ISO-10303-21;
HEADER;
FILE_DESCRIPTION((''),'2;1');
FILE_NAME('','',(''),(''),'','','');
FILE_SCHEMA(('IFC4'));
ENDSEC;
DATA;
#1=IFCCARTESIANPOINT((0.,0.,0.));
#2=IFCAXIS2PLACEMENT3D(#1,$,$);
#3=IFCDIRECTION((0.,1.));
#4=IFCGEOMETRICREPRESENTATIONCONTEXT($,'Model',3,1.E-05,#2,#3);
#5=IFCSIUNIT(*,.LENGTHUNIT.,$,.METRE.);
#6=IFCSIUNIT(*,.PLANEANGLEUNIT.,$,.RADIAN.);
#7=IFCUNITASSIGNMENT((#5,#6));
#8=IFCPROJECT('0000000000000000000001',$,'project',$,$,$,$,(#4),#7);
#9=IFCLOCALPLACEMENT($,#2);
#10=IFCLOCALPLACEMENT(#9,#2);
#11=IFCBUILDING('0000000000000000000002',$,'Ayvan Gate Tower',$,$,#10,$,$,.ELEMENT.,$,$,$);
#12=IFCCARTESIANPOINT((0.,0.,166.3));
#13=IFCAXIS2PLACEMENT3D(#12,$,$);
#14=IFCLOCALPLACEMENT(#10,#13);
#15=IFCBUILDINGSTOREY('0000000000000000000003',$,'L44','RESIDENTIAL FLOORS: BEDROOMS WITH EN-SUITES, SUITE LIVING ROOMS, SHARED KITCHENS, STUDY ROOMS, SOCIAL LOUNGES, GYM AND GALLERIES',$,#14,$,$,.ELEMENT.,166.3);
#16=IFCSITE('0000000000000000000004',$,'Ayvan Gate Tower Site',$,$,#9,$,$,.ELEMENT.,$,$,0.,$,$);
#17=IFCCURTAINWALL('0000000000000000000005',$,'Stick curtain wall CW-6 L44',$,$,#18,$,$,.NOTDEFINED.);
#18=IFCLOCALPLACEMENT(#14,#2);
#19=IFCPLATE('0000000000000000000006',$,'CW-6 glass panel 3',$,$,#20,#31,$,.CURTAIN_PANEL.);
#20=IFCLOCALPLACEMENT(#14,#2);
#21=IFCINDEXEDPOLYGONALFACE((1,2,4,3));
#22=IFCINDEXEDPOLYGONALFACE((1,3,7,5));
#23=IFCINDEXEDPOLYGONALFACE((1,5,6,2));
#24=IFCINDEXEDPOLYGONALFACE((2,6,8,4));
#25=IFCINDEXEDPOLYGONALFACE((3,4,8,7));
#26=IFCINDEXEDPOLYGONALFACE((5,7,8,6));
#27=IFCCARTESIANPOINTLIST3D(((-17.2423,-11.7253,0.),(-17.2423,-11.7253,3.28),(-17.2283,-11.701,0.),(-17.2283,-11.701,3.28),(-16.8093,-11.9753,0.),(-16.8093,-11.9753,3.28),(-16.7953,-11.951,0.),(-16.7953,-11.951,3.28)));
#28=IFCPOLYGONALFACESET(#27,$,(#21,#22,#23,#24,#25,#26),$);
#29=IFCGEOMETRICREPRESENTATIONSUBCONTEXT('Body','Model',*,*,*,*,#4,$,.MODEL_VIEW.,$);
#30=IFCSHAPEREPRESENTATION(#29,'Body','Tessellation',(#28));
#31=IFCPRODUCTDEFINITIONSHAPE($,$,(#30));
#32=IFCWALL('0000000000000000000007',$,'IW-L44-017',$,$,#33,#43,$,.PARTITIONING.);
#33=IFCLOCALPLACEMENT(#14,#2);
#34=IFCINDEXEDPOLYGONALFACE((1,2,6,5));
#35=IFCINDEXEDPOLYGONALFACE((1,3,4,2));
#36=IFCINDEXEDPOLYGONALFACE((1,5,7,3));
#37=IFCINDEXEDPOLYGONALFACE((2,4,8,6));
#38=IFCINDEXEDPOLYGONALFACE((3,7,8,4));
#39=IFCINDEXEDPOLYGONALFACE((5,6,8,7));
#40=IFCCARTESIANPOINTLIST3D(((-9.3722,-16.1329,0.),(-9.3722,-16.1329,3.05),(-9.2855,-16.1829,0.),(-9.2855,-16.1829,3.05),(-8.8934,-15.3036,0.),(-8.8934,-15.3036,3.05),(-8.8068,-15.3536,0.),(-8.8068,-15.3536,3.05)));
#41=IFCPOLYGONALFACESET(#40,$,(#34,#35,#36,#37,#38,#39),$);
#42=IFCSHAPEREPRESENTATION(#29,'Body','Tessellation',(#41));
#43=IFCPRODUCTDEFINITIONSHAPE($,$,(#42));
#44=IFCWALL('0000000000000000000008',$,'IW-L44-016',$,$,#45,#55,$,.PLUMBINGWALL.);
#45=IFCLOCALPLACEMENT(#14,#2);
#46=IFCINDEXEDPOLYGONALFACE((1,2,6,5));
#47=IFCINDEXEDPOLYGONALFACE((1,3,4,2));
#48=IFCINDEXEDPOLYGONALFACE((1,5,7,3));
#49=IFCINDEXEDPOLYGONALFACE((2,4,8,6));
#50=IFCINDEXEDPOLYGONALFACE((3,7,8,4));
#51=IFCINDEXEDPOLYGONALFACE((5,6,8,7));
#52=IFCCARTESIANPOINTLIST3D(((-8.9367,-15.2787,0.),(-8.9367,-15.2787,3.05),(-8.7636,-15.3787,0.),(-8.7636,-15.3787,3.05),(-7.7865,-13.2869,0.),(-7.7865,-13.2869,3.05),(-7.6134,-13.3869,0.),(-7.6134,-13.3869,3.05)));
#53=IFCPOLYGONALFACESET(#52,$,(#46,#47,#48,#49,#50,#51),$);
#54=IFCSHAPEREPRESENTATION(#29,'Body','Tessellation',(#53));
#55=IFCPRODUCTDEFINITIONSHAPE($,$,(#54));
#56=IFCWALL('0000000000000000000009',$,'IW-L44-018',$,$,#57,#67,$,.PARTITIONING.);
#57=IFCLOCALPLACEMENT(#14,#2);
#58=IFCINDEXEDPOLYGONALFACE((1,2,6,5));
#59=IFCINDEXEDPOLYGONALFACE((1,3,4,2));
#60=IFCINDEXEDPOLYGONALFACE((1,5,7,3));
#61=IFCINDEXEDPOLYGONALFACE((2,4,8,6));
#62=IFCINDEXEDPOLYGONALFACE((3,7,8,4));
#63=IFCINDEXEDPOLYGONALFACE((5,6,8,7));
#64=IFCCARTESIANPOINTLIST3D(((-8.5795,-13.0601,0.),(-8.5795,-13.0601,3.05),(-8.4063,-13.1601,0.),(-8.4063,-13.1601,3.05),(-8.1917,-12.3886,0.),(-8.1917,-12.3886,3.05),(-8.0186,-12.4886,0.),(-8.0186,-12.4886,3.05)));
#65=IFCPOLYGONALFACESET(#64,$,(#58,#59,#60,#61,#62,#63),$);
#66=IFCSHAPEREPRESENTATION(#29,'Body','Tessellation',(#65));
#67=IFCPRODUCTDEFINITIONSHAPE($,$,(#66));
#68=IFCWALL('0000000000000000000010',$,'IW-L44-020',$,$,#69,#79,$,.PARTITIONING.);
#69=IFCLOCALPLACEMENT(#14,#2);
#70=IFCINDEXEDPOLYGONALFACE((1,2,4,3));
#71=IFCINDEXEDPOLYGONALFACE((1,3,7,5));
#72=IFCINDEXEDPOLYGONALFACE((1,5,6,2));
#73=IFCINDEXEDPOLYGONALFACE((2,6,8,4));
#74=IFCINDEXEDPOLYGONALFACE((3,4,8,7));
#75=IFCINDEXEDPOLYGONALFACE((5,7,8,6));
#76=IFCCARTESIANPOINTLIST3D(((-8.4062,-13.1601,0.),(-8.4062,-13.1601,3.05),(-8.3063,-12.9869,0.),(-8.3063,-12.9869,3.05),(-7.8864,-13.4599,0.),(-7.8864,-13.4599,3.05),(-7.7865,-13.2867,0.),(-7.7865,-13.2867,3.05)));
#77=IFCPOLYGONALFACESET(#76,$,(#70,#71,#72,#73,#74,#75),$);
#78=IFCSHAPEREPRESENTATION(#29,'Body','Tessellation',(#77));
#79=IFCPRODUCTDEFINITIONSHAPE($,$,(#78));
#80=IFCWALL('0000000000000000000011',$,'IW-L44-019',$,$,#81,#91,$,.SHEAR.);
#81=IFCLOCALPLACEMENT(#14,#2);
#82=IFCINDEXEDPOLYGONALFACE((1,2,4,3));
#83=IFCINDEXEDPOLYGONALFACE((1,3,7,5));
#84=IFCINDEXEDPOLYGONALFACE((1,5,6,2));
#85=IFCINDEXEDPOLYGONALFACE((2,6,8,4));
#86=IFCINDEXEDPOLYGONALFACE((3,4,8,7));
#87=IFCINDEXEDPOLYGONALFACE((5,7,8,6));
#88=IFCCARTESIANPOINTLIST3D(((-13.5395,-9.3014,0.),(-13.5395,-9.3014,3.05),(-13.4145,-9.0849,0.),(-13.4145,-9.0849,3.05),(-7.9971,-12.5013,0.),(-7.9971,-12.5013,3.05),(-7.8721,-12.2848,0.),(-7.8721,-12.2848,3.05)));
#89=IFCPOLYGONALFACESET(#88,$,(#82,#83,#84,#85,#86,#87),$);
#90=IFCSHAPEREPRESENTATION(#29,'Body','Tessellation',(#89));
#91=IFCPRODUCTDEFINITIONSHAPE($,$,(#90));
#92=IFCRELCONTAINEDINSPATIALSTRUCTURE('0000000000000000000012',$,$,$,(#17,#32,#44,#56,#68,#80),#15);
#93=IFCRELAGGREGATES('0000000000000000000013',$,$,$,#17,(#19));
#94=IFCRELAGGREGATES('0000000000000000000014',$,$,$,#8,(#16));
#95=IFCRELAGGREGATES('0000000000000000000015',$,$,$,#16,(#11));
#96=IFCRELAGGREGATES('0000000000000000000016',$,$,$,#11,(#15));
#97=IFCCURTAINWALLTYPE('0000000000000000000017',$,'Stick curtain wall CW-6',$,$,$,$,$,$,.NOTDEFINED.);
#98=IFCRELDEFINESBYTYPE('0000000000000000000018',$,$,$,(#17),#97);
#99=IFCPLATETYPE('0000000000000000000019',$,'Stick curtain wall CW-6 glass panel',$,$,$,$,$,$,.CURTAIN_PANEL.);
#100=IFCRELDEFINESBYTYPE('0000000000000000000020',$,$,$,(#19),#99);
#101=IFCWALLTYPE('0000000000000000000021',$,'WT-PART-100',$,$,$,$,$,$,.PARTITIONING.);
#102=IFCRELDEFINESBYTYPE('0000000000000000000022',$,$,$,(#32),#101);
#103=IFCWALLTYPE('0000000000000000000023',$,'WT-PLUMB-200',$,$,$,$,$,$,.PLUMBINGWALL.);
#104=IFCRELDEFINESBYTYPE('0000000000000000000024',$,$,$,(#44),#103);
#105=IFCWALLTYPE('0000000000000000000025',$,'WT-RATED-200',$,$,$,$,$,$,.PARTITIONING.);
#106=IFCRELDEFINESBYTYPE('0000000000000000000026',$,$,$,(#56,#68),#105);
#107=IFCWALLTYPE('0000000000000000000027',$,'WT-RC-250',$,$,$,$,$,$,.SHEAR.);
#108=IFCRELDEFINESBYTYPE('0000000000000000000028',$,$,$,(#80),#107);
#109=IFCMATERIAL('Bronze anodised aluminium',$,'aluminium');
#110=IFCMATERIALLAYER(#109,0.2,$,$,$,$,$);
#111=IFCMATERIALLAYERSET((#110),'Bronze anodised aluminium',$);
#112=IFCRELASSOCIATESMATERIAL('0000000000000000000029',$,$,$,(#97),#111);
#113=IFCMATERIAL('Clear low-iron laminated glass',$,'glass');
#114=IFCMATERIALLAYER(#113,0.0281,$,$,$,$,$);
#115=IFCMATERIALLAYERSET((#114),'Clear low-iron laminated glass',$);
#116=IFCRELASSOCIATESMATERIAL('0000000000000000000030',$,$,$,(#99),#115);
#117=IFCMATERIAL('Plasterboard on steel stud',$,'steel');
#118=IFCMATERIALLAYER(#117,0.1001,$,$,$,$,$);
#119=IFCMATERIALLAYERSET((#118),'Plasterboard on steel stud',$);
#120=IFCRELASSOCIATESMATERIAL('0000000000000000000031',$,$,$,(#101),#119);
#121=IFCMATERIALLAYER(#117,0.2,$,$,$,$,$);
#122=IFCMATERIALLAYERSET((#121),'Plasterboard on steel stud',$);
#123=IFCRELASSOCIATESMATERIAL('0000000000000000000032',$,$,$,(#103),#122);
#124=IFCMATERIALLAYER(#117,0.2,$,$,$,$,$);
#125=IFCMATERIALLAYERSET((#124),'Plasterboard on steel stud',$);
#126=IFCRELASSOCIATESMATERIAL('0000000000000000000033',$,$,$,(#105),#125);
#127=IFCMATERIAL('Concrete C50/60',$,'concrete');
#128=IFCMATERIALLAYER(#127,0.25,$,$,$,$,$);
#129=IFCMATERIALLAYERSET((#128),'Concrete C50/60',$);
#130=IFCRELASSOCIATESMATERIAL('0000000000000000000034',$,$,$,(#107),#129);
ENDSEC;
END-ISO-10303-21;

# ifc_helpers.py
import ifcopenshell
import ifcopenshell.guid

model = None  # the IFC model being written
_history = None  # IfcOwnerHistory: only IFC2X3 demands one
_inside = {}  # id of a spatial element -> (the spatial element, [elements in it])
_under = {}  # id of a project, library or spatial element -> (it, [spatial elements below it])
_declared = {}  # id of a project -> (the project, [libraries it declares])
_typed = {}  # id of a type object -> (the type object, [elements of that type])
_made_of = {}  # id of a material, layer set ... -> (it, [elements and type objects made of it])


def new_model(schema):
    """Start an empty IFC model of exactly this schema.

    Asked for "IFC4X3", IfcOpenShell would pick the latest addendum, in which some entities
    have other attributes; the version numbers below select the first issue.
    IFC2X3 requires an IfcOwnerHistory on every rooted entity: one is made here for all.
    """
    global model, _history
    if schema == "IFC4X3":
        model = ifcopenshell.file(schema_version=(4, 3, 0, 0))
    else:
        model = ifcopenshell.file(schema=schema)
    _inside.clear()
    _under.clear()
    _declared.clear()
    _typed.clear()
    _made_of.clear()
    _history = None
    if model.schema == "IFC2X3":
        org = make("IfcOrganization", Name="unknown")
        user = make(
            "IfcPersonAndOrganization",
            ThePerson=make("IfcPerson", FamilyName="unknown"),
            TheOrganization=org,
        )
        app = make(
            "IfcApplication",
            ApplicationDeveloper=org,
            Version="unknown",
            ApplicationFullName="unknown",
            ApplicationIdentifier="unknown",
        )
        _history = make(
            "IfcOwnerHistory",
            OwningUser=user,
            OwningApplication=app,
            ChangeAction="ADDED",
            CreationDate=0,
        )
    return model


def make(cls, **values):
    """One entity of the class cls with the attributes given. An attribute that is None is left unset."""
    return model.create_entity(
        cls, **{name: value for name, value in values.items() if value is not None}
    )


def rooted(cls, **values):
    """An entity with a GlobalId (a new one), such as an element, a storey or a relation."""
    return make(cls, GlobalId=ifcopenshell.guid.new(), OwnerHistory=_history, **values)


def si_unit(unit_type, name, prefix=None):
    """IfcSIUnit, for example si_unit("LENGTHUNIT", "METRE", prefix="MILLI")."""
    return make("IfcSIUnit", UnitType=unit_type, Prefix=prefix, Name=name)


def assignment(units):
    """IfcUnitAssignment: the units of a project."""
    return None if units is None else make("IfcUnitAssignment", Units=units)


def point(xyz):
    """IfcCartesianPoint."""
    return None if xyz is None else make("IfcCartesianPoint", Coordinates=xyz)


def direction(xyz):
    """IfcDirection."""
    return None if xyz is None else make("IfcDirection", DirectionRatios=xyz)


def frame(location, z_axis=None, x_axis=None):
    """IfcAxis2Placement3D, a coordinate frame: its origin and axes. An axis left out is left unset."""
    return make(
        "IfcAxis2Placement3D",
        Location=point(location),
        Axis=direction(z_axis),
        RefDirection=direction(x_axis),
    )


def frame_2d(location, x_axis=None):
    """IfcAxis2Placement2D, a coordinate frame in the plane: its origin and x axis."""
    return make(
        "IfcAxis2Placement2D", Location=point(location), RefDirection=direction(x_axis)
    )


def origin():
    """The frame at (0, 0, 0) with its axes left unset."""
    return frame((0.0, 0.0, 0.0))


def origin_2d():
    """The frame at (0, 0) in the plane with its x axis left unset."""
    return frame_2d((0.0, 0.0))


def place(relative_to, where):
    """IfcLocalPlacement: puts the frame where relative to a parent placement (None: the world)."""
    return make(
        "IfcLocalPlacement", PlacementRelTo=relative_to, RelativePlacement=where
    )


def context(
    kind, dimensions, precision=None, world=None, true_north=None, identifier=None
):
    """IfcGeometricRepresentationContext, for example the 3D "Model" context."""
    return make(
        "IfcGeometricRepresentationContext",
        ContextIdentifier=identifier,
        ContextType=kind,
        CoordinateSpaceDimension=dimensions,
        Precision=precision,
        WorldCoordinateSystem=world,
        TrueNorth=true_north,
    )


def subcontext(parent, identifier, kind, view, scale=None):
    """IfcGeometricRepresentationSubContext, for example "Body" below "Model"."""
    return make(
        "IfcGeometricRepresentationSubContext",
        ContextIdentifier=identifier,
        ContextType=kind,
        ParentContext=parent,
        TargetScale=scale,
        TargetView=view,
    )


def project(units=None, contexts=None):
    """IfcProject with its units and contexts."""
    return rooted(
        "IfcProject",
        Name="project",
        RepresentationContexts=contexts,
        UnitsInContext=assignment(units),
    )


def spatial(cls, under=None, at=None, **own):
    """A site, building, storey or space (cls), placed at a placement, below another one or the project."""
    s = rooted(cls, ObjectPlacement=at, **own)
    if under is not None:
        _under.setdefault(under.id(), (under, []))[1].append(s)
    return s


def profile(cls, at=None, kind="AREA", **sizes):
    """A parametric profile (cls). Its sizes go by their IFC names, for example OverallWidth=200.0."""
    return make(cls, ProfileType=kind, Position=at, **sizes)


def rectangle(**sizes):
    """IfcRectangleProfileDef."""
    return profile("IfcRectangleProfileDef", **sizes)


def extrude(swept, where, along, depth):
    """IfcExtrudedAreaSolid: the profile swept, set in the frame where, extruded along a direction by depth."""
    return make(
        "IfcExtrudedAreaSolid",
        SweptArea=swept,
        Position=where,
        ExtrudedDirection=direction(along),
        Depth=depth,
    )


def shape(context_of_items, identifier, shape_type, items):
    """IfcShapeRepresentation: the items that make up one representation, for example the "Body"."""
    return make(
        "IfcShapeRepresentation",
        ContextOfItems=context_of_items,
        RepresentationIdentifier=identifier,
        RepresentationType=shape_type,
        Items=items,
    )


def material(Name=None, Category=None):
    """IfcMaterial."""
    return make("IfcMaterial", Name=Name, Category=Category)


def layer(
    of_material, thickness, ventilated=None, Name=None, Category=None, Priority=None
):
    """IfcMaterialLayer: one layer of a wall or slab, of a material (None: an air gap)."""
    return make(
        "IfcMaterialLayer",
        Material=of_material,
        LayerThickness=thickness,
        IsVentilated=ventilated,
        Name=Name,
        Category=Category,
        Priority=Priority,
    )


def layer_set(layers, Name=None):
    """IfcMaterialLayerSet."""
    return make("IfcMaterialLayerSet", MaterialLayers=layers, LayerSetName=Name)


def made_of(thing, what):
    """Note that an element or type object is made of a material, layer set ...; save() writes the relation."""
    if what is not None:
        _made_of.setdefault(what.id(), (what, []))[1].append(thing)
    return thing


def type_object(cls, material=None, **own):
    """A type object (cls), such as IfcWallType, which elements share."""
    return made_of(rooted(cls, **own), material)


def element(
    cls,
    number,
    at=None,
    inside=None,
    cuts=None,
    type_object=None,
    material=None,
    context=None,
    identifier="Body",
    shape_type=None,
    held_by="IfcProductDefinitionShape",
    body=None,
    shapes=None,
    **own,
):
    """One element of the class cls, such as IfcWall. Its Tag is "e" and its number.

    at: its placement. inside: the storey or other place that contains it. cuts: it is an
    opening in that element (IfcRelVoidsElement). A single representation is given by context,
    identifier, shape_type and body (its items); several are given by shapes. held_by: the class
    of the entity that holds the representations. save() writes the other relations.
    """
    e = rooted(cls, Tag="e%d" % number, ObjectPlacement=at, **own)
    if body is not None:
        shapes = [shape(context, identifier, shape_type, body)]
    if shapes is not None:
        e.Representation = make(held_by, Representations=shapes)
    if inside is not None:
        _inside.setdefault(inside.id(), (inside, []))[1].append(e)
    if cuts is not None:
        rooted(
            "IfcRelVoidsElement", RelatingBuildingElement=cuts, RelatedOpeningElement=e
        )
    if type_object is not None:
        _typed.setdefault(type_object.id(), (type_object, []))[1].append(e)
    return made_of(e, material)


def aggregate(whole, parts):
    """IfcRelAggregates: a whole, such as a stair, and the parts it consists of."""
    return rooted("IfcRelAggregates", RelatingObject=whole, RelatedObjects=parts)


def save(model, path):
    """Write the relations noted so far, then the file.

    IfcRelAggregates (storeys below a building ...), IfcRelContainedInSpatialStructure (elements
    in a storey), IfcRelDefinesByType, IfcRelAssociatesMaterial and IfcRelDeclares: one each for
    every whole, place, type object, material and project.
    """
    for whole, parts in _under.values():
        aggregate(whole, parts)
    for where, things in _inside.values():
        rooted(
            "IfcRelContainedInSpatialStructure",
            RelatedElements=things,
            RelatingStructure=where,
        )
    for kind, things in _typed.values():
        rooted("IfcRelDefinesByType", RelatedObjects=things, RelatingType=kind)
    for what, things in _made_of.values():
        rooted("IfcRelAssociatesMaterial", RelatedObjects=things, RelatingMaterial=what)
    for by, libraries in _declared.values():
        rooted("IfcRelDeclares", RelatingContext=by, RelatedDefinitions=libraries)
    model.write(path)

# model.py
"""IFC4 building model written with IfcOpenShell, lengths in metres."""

from ifc_helpers import new_model, si_unit, direction, frame, frame_2d, origin, origin_2d, place, context, subcontext, project, spatial, rectangle, extrude, material, layer, layer_set, type_object, element, aggregate, save


model = new_model("IFC4")

# Units and contexts
model_context = context("Model", 3, precision=1e-05, world=origin(), true_north=direction((0.0, 1.0)))
body_context = subcontext(model_context, "Body", "Model", "MODEL_VIEW")
ifc_project = project(units=[si_unit("LENGTHUNIT", "METRE"), si_unit("PLANEANGLEUNIT", "RADIAN")], contexts=[model_context])

# Site, building, storey
site_placement = place(None, origin())
site = spatial("IfcSite", under=ifc_project, at=site_placement, Name="Ayvan Gate Tower Site", CompositionType="ELEMENT", RefElevation=0.0)
building_placement = place(site_placement, origin())
building = spatial("IfcBuilding", under=site, at=building_placement, Name="Ayvan Gate Tower", CompositionType="ELEMENT")
storey_placement = place(building_placement, frame((0.0, 0.0, 166.3)))
storey = spatial("IfcBuildingStorey", under=building, at=storey_placement, Name="L44", Description="RESIDENTIAL FLOORS: BEDROOMS WITH EN-SUITES, SUITE LIVING ROOMS, SHARED KITCHENS, STUDY ROOMS, SOCIAL LOUNGES, GYM AND GALLERIES", CompositionType="ELEMENT", Elevation=166.3)

# Curtain wall
ifc_material_1 = material(Name="Bronze anodised aluminium", Category="aluminium")
ifc_layer_1 = layer(ifc_material_1, 0.2)
ifc_layer_set_1 = layer_set([ifc_layer_1], Name="Bronze anodised aluminium")
curtain_wall_type_1 = type_object("IfcCurtainWallType", Name="Stick curtain wall CW-6", PredefinedType="NOTDEFINED", material=ifc_layer_set_1)
curtain_wall_1_placement = place(storey_placement, origin())
curtain_wall_1 = element("IfcCurtainWall", 1, at=curtain_wall_1_placement, inside=storey, type_object=curtain_wall_type_1, Name="Stick curtain wall CW-6 L44", PredefinedType="NOTDEFINED")

# Plate
ifc_material_2 = material(Name="Clear low-iron laminated glass", Category="glass")
ifc_layer_2 = layer(ifc_material_2, 0.0281)
ifc_layer_set_2 = layer_set([ifc_layer_2], Name="Clear low-iron laminated glass")
plate_type_1 = type_object("IfcPlateType", Name="Stick curtain wall CW-6 glass panel", PredefinedType="CURTAIN_PANEL", material=ifc_layer_set_2)
plate_1_placement = place(storey_placement, frame((-17.0188, -11.8381, 0.0), z_axis=(0.0, 0.0, 1.0), x_axis=(0.866025, -0.5, 0.0)))
plate_1 = element("IfcPlate", 2, at=plate_1_placement, type_object=plate_type_1, Name="CW-6 glass panel 3", PredefinedType="CURTAIN_PANEL", context=body_context, shape_type="SweptSolid", body=[
    extrude(rectangle(XDim=0.5, YDim=0.0281, at=origin_2d()), origin(), (0.0, 0.0, 1.0), 3.28),
])
aggregate(curtain_wall_1, [plate_1])

# Walls
ifc_material_3 = material(Name="Plasterboard on steel stud", Category="steel")
ifc_layer_3 = layer(ifc_material_3, 0.1001)
ifc_layer_set_3 = layer_set([ifc_layer_3], Name="Plasterboard on steel stud")
wall_type_1 = type_object("IfcWallType", Name="WT-PART-100", PredefinedType="PARTITIONING", material=ifc_layer_set_3)
wall_1_placement = place(storey_placement, frame((-8.8501, -15.3286, 0.0), z_axis=(0.0, 0.0, 1.0), x_axis=(-0.499951, -0.866054, 0.0)))
element("IfcWall", 3, at=wall_1_placement, inside=storey, type_object=wall_type_1, Name="IW-L44-017", PredefinedType="PARTITIONING", context=body_context, shape_type="SweptSolid", body=[
    extrude(rectangle(XDim=0.9575, YDim=0.1001, at=frame_2d((0.4788, 0.0))), origin(), (0.0, 0.0, 1.0), 3.05),
])
ifc_layer_4 = layer(ifc_material_3, 0.2)
ifc_layer_set_4 = layer_set([ifc_layer_4], Name="Plasterboard on steel stud")
wall_type_2 = type_object("IfcWallType", Name="WT-PLUMB-200", PredefinedType="PLUMBINGWALL", material=ifc_layer_set_4)
wall_2_placement = place(storey_placement, frame((-8.8501, -15.3286, 0.0), z_axis=(0.0, 0.0, 1.0), x_axis=(0.500078, 0.865981, 0.0)))
element("IfcWall", 4, at=wall_2_placement, inside=storey, type_object=wall_type_2, Name="IW-L44-016", PredefinedType="PLUMBINGWALL", context=body_context, shape_type="SweptSolid", body=[
    extrude(rectangle(XDim=2.3, YDim=0.2, at=frame_2d((1.1499, 0.0))), origin(), (0.0, 0.0, 1.0), 3.05),
])
ifc_layer_5 = layer(ifc_material_3, 0.2)
ifc_layer_set_5 = layer_set([ifc_layer_5], Name="Plasterboard on steel stud")
wall_type_3 = type_object("IfcWallType", Name="WT-RATED-200", PredefinedType="PARTITIONING", material=ifc_layer_set_5)
wall_3_placement = place(storey_placement, frame((-8.4929, -13.1101, 0.0), z_axis=(0.0, 0.0, 1.0), x_axis=(0.500068, 0.865986, 0.0)))
element("IfcWall", 5, at=wall_3_placement, inside=storey, type_object=wall_type_3, Name="IW-L44-018", PredefinedType="PARTITIONING", context=body_context, shape_type="SweptSolid", body=[
    extrude(rectangle(XDim=0.7754, YDim=0.2, at=frame_2d((0.3877, 0.0))), origin(), (0.0, 0.0, 1.0), 3.05),
])
wall_4_placement = place(storey_placement, frame((-7.8364, -13.3733, 0.0), z_axis=(0.0, 0.0, 1.0), x_axis=(-0.866233, 0.49964, 0.0)))
element("IfcWall", 6, at=wall_4_placement, inside=storey, type_object=wall_type_3, Name="IW-L44-020", PredefinedType="PARTITIONING", context=body_context, shape_type="SweptSolid", body=[
    extrude(rectangle(XDim=0.6001, YDim=0.2, at=frame_2d((0.3, 0.0))), origin(), (0.0, 0.0, 1.0), 3.05),
])
ifc_material_4 = material(Name="Concrete C50/60", Category="concrete")
ifc_layer_6 = layer(ifc_material_4, 0.25)
ifc_layer_set_6 = layer_set([ifc_layer_6], Name="Concrete C50/60")
wall_type_4 = type_object("IfcWallType", Name="WT-RC-250", PredefinedType="SHEAR", material=ifc_layer_set_6)
wall_5_placement = place(storey_placement, frame((-7.9346, -12.3931, 0.0), z_axis=(0.0, 0.0, 1.0), x_axis=(-0.866025, 0.5, 0.0)))
element("IfcWall", 7, at=wall_5_placement, inside=storey, type_object=wall_type_4, Name="IW-L44-019", PredefinedType="SHEAR", context=body_context, shape_type="SweptSolid", body=[
    extrude(rectangle(XDim=6.3999, YDim=0.25, at=frame_2d((3.2, 0.0))), origin(), (0.0, 0.0, 1.0), 3.05),
])

save(model, "model.ifc")
